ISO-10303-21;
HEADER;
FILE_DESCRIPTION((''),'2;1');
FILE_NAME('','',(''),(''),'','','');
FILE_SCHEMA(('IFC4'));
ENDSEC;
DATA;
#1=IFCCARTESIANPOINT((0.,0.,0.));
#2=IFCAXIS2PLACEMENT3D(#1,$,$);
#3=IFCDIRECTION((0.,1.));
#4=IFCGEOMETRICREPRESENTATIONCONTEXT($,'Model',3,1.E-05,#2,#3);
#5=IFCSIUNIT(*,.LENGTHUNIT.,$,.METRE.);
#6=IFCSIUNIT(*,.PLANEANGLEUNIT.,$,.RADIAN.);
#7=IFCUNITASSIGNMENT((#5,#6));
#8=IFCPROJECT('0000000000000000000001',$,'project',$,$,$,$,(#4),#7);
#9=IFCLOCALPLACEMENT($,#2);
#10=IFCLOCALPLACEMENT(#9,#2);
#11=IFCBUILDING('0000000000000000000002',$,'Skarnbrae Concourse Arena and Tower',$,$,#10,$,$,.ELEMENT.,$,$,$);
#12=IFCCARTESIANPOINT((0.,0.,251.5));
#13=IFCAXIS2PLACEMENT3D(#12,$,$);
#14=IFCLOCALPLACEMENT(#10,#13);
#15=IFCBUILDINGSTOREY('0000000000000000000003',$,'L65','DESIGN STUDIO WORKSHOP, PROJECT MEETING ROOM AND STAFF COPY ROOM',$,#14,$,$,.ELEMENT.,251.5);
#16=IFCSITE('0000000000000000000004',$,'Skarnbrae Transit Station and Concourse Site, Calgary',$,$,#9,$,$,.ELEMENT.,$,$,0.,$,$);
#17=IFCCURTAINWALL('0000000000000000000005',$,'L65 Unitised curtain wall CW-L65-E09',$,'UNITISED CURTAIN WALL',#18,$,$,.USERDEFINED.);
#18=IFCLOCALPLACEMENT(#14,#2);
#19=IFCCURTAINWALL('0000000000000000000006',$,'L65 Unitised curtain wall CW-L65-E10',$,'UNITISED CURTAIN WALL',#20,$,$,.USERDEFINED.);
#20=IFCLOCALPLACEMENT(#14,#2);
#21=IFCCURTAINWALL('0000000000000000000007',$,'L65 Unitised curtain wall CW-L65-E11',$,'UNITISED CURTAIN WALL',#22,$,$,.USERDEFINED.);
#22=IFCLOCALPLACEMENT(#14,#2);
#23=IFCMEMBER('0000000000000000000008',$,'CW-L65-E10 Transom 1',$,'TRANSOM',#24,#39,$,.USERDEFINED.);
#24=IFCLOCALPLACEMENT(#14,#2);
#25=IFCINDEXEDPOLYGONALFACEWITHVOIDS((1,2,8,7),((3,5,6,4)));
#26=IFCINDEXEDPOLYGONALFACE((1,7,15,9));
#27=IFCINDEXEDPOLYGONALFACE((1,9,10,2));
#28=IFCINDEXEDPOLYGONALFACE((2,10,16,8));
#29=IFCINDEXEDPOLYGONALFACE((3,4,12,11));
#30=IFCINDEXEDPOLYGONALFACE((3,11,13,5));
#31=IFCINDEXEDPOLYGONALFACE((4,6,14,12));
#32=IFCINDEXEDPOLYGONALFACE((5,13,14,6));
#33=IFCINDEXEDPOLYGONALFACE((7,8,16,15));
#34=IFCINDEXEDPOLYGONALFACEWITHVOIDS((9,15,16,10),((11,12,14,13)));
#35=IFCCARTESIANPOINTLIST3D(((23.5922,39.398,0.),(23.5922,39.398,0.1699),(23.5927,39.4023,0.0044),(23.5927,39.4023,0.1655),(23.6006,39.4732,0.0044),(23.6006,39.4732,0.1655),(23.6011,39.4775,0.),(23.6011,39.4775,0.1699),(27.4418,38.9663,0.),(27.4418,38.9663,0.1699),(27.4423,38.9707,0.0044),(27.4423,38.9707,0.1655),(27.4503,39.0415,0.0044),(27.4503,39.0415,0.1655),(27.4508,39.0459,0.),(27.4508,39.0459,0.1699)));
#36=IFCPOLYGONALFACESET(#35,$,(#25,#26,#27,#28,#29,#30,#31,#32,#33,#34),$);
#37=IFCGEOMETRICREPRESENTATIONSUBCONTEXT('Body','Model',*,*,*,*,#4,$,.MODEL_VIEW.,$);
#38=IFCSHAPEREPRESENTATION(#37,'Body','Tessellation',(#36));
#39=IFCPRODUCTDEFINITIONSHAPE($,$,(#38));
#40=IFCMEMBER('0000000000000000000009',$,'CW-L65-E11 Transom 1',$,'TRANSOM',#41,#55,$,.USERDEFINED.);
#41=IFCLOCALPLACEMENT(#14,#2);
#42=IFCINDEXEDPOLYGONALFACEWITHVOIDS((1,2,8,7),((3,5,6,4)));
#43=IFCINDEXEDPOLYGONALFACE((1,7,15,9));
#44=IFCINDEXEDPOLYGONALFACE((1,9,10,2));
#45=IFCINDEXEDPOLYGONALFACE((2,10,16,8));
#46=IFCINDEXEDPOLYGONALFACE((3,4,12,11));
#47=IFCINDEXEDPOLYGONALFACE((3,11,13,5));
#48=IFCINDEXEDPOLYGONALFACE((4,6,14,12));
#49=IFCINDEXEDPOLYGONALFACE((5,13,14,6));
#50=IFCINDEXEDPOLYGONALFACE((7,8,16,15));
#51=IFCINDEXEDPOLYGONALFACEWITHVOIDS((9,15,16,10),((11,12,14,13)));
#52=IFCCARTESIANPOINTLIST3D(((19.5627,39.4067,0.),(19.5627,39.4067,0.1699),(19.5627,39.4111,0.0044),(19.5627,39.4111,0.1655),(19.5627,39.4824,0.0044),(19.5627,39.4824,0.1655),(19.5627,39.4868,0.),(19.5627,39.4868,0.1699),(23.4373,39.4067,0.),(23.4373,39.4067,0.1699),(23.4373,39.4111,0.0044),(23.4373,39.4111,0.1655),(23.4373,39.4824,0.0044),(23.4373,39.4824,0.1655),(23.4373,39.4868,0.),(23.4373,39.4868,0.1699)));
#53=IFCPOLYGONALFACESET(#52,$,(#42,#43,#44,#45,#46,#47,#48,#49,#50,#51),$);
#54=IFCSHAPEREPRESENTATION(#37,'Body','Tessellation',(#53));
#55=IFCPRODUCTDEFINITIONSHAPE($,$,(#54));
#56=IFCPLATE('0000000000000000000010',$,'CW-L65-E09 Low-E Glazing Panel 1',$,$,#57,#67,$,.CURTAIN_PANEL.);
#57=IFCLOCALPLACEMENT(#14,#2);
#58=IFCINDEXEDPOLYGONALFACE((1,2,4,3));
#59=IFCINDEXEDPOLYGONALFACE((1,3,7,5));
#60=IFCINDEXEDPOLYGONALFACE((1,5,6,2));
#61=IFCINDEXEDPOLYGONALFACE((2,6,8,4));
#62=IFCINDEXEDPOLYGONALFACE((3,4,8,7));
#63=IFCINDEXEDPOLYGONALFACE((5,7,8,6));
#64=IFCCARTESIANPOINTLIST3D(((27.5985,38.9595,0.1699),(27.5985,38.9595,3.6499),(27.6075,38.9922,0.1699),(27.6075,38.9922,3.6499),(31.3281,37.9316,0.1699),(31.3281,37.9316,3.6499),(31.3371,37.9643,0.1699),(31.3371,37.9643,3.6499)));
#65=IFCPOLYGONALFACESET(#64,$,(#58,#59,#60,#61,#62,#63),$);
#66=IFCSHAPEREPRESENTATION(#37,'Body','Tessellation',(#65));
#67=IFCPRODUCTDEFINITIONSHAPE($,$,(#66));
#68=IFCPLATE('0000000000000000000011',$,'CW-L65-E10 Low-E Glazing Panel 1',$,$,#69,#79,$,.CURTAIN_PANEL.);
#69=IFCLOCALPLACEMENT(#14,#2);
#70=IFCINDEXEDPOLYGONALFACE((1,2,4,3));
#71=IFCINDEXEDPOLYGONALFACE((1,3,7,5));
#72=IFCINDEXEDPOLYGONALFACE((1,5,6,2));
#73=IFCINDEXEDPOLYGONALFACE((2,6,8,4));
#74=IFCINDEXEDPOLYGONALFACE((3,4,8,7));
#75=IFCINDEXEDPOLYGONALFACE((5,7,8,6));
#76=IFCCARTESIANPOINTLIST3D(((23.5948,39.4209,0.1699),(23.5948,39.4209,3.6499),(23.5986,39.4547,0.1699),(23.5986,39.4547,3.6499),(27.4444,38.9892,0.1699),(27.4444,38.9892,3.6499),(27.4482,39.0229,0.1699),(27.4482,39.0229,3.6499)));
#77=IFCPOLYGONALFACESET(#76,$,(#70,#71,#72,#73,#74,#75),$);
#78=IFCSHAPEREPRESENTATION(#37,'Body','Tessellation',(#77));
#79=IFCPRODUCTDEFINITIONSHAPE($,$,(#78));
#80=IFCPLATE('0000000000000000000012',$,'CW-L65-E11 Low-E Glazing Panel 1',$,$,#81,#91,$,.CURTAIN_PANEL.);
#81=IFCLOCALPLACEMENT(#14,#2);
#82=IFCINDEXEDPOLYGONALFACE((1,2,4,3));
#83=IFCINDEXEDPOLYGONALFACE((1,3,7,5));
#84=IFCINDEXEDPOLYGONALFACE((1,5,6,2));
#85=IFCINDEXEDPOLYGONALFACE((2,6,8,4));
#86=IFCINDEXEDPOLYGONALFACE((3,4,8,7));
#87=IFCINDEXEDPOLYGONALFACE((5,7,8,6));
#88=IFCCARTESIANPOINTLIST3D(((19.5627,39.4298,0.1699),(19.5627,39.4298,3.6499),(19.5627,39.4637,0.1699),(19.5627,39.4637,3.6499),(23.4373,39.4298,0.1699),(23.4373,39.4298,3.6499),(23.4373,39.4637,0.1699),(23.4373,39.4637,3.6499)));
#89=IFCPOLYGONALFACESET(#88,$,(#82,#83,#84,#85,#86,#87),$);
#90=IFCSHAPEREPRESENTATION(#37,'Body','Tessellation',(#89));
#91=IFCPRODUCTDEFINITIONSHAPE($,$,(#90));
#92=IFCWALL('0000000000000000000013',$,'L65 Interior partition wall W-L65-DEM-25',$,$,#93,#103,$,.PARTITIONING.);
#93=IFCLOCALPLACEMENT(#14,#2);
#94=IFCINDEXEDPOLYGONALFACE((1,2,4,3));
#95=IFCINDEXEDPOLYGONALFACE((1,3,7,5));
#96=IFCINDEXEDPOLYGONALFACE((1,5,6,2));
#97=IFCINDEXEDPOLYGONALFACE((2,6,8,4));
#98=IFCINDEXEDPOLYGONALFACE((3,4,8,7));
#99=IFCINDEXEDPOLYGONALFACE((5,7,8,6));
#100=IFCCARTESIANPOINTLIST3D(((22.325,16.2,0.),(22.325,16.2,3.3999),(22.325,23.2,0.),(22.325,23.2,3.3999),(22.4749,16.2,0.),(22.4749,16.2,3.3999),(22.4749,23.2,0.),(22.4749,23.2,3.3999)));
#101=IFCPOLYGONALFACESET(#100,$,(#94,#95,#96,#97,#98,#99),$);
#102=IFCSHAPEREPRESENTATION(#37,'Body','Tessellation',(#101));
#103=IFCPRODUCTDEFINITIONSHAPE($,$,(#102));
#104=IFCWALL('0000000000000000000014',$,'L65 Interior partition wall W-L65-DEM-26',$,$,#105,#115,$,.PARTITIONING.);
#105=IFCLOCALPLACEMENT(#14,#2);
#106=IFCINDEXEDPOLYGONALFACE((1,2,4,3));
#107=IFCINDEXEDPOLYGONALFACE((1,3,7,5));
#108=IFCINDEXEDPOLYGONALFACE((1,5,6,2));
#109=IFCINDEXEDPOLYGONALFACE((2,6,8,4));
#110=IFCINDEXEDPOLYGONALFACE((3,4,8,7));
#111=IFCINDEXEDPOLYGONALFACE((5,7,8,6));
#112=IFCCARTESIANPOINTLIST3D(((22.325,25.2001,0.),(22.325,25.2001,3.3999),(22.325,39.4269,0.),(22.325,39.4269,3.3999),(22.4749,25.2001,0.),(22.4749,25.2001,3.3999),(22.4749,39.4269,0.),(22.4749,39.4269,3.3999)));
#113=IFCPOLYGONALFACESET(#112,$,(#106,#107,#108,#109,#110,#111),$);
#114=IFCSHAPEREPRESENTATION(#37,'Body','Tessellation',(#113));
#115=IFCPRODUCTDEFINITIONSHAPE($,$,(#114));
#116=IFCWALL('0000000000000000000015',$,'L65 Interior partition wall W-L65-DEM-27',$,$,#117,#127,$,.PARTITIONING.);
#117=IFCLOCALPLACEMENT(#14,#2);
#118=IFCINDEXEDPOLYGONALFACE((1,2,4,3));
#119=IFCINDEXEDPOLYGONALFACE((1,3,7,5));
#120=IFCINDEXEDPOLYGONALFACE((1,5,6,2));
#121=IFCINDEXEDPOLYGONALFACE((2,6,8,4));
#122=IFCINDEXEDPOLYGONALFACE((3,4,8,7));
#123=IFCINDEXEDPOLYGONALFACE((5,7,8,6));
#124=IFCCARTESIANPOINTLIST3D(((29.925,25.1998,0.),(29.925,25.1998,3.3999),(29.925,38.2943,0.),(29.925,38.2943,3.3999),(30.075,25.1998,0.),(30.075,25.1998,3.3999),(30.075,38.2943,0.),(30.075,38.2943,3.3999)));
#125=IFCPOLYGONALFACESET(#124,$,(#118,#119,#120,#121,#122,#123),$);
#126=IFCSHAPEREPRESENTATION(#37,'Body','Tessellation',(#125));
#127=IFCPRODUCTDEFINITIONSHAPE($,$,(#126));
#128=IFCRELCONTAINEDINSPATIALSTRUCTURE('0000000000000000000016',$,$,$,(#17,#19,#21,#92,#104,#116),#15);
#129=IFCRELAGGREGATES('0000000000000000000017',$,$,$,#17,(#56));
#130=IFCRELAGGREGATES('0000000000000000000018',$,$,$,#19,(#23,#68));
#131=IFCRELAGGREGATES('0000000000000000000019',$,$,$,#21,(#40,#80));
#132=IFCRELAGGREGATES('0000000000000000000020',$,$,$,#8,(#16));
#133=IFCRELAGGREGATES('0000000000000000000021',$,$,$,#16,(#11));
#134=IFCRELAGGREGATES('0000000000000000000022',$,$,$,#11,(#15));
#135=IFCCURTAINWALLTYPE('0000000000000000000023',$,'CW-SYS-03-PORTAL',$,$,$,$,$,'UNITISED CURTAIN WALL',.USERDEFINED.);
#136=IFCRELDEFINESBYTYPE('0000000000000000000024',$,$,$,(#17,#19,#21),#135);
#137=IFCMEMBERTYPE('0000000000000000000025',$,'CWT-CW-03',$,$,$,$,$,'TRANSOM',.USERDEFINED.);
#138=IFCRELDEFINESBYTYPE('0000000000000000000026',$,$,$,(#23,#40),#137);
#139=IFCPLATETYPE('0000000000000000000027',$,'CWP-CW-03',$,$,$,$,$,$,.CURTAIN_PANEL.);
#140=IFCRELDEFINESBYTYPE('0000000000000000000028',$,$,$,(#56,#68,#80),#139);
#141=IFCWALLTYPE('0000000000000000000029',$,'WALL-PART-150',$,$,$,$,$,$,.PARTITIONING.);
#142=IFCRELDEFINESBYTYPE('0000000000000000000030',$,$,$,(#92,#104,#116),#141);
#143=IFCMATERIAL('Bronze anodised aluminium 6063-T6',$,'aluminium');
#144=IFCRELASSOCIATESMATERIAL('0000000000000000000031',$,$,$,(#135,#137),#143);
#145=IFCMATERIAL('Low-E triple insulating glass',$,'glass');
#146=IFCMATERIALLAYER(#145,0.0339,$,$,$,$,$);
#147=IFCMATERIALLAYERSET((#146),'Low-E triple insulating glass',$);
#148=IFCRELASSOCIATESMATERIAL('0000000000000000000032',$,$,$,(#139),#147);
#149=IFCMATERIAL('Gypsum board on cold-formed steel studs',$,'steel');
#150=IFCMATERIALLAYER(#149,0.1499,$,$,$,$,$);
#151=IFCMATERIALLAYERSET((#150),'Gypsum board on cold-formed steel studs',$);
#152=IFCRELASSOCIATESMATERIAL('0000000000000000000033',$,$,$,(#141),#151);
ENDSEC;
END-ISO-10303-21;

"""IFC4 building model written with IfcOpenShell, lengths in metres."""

from ifc_helpers import new_model, si_unit, direction, frame, frame_2d, origin, origin_2d, place, context, subcontext, project, spatial, rectangle, hollow_rectangle, extrude, source, transform, mapped, material, layer, layer_set, material_profile, profile_set, type_object, element, aggregate, save


model = new_model("IFC4")

# Units and contexts
model_context = context("Model", 3, precision=1e-05, world=origin(), true_north=direction((0.0, 1.0)))
body_context = subcontext(model_context, "Body", "Model", "MODEL_VIEW")
ifc_project = project(units=[si_unit("LENGTHUNIT", "METRE"), si_unit("PLANEANGLEUNIT", "RADIAN")], contexts=[model_context])

# Site, building, storey
site_placement = place(None, origin())
site = spatial("IfcSite", under=ifc_project, at=site_placement, Name="Skarnbrae Transit Station and Concourse Site, Calgary", CompositionType="ELEMENT", RefElevation=0.0)
building_placement = place(site_placement, origin())
building = spatial("IfcBuilding", under=site, at=building_placement, Name="Skarnbrae Concourse Arena and Tower", CompositionType="ELEMENT")
storey_placement = place(building_placement, frame((0.0, 0.0, 251.5)))
storey = spatial("IfcBuildingStorey", under=building, at=storey_placement, Name="L65", Description="DESIGN STUDIO WORKSHOP, PROJECT MEETING ROOM AND STAFF COPY ROOM", CompositionType="ELEMENT", Elevation=251.5)

# Curtain walls
ifc_material_1 = material(Name="Bronze anodised aluminium 6063-T6", Category="aluminium")
curtain_wall_type_1 = type_object("IfcCurtainWallType", Name="CW-SYS-03-PORTAL", ElementType="UNITISED CURTAIN WALL", PredefinedType="USERDEFINED", material=ifc_material_1)
curtain_wall_1_placement = place(storey_placement, origin())
curtain_wall_1 = element("IfcCurtainWall", 1, at=curtain_wall_1_placement, inside=storey, type_object=curtain_wall_type_1, Name="L65 Unitised curtain wall CW-L65-E09", ObjectType="UNITISED CURTAIN WALL", PredefinedType="USERDEFINED")
curtain_wall_2_placement = place(storey_placement, origin())
curtain_wall_2 = element("IfcCurtainWall", 2, at=curtain_wall_2_placement, inside=storey, type_object=curtain_wall_type_1, Name="L65 Unitised curtain wall CW-L65-E10", ObjectType="UNITISED CURTAIN WALL", PredefinedType="USERDEFINED")

# Curtain wall
curtain_wall_3_placement = place(storey_placement, origin())
curtain_wall_3 = element("IfcCurtainWall", 3, at=curtain_wall_3_placement, inside=storey, type_object=curtain_wall_type_1, Name="L65 Unitised curtain wall CW-L65-E11", ObjectType="UNITISED CURTAIN WALL", PredefinedType="USERDEFINED")

# Members
ifc_material_profile_1 = material_profile(ifc_material_1, hollow_rectangle(XDim=0.0801, YDim=0.1699, WallThickness=0.0044, at=origin_2d()), Name="ALU-TRAN-80X170")
ifc_profile_set_1 = profile_set([ifc_material_profile_1], Name="Bronze anodised aluminium 6063-T6")
member_type_1 = type_object("IfcMemberType", Name="CWT-CW-03", ElementType="TRANSOM", PredefinedType="USERDEFINED", material=ifc_profile_set_1)
shared_shape_1 = source(origin(), body_context, "Body", "SweptSolid", [
    extrude(hollow_rectangle(XDim=0.0801, YDim=0.1699, WallThickness=0.0044, at=origin_2d()), origin(), (0.0, 0.0, 1.0), 3.8738),
])
member_1_placement = place(storey_placement, frame((27.4463, 39.0061, 0.085), z_axis=(-0.993773, 0.111428, 0.0), x_axis=(-0.111428, -0.993773, 0.0)))
member_1 = element("IfcMember", 4, at=member_1_placement, type_object=member_type_1, Name="CW-L65-E10 Transom 1", ObjectType="TRANSOM", PredefinedType="USERDEFINED", context=body_context, shape_type="MappedRepresentation", body=[
    mapped(shared_shape_1, transform((0.0, 0.0, 0.0))),
])
shared_shape_2 = source(origin(), body_context, "Body", "SweptSolid", [
    extrude(hollow_rectangle(XDim=0.0801, YDim=0.1699, WallThickness=0.0044, at=origin_2d()), origin(), (0.0, 0.0, 1.0), 3.8745),
])
member_2_placement = place(storey_placement, frame((23.4373, 39.4468, 0.085), z_axis=(-1.0, 0.0, 0.0), x_axis=(0.0, -1.0, 0.0)))
member_2 = element("IfcMember", 5, at=member_2_placement, type_object=member_type_1, Name="CW-L65-E11 Transom 1", ObjectType="TRANSOM", PredefinedType="USERDEFINED", context=body_context, shape_type="MappedRepresentation", body=[
    mapped(shared_shape_2, transform((0.0, 0.0, 0.0))),
])

# Plates
ifc_material_2 = material(Name="Low-E triple insulating glass", Category="glass")
ifc_layer_1 = layer(ifc_material_2, 0.0339)
ifc_layer_set_1 = layer_set([ifc_layer_1], Name="Low-E triple insulating glass")
plate_type = type_object("IfcPlateType", Name="CWP-CW-03", PredefinedType="CURTAIN_PANEL", material=ifc_layer_set_1)
shared_shape_3 = source(origin(), body_context, "Body", "SweptSolid", [
    extrude(rectangle(XDim=3.8687, YDim=0.0339, at=origin_2d()), origin(), (0.0, 0.0, 1.0), 3.48),
])
plate_1_placement = place(storey_placement, frame((29.4678, 38.4619, 0.1699), z_axis=(0.0, 0.0, 1.0), x_axis=(-0.964057, 0.265694, 0.0)))
plate_1 = element("IfcPlate", 6, at=plate_1_placement, type_object=plate_type, Name="CW-L65-E09 Low-E Glazing Panel 1", PredefinedType="CURTAIN_PANEL", context=body_context, shape_type="MappedRepresentation", body=[
    mapped(shared_shape_3, transform((0.0, 0.0, 0.0))),
])
aggregate(curtain_wall_1, [plate_1])
shared_shape_4 = source(origin(), body_context, "Body", "SweptSolid", [
    extrude(rectangle(XDim=3.8738, YDim=0.0339, at=origin_2d()), origin(), (0.0, 0.0, 1.0), 3.48),
])
plate_2_placement = place(storey_placement, frame((25.5215, 39.2219, 0.1699), z_axis=(0.0, 0.0, 1.0), x_axis=(-0.993769, 0.11146, 0.0)))
plate_2 = element("IfcPlate", 7, at=plate_2_placement, type_object=plate_type, Name="CW-L65-E10 Low-E Glazing Panel 1", PredefinedType="CURTAIN_PANEL", context=body_context, shape_type="MappedRepresentation", body=[
    mapped(shared_shape_4, transform((0.0, 0.0, 0.0))),
])
aggregate(curtain_wall_2, [member_1, plate_2])
shared_shape_5 = source(origin(), body_context, "Body", "SweptSolid", [
    extrude(rectangle(XDim=3.8745, YDim=0.0339, at=origin_2d()), origin(), (0.0, 0.0, 1.0), 3.48),
])
plate_3_placement = place(storey_placement, frame((21.5, 39.4468, 0.1699), z_axis=(0.0, 0.0, 1.0), x_axis=(-1.0, 0.0, 0.0)))
plate_3 = element("IfcPlate", 8, at=plate_3_placement, type_object=plate_type, Name="CW-L65-E11 Low-E Glazing Panel 1", PredefinedType="CURTAIN_PANEL", context=body_context, shape_type="MappedRepresentation", body=[
    mapped(shared_shape_5, transform((0.0, 0.0, 0.0))),
])
aggregate(curtain_wall_3, [member_2, plate_3])

# Walls
ifc_material_3 = material(Name="Gypsum board on cold-formed steel studs", Category="steel")
ifc_layer_2 = layer(ifc_material_3, 0.1499)
ifc_layer_set_2 = layer_set([ifc_layer_2], Name="Gypsum board on cold-formed steel studs")
wall_type = type_object("IfcWallType", Name="WALL-PART-150", PredefinedType="PARTITIONING", material=ifc_layer_set_2)
shared_shape_6 = source(origin(), body_context, "Body", "SweptSolid", [
    extrude(rectangle(XDim=7.0, YDim=0.1499, at=frame_2d((3.5, 0.0))), origin(), (0.0, 0.0, 1.0), 3.3999),
])
wall_1_placement = place(storey_placement, frame((22.3999, 23.2, 0.0), z_axis=(0.0, 0.0, 1.0), x_axis=(0.0, -1.0, 0.0)))
element("IfcWall", 9, at=wall_1_placement, inside=storey, type_object=wall_type, Name="L65 Interior partition wall W-L65-DEM-25", PredefinedType="PARTITIONING", context=body_context, shape_type="MappedRepresentation", body=[
    mapped(shared_shape_6, transform((0.0, 0.0, 0.0))),
])
shared_shape_7 = source(origin(), body_context, "Body", "SweptSolid", [
    extrude(rectangle(XDim=14.2268, YDim=0.1499, at=frame_2d((7.1133, 0.0))), origin(), (0.0, 0.0, 1.0), 3.3999),
])
wall_2_placement = place(storey_placement, frame((22.3999, 39.4268, 0.0), z_axis=(0.0, 0.0, 1.0), x_axis=(0.0, -1.0, 0.0)))
element("IfcWall", 10, at=wall_2_placement, inside=storey, type_object=wall_type, Name="L65 Interior partition wall W-L65-DEM-26", PredefinedType="PARTITIONING", context=body_context, shape_type="MappedRepresentation", body=[
    mapped(shared_shape_7, transform((0.0, 0.0, 0.0))),
])
shared_shape_8 = source(origin(), body_context, "Body", "SweptSolid", [
    extrude(rectangle(XDim=13.0945, YDim=0.1499, at=frame_2d((6.5474, 0.0))), origin(), (0.0, 0.0, 1.0), 3.3999),
])
wall_3_placement = place(storey_placement, frame((30.0, 38.2944, 0.0), z_axis=(0.0, 0.0, 1.0), x_axis=(0.0, -1.0, 0.0)))
element("IfcWall", 11, at=wall_3_placement, inside=storey, type_object=wall_type, Name="L65 Interior partition wall W-L65-DEM-27", PredefinedType="PARTITIONING", context=body_context, shape_type="MappedRepresentation", body=[
    mapped(shared_shape_8, transform((0.0, 0.0, 0.0))),
])

save(model, "model.ifc")
